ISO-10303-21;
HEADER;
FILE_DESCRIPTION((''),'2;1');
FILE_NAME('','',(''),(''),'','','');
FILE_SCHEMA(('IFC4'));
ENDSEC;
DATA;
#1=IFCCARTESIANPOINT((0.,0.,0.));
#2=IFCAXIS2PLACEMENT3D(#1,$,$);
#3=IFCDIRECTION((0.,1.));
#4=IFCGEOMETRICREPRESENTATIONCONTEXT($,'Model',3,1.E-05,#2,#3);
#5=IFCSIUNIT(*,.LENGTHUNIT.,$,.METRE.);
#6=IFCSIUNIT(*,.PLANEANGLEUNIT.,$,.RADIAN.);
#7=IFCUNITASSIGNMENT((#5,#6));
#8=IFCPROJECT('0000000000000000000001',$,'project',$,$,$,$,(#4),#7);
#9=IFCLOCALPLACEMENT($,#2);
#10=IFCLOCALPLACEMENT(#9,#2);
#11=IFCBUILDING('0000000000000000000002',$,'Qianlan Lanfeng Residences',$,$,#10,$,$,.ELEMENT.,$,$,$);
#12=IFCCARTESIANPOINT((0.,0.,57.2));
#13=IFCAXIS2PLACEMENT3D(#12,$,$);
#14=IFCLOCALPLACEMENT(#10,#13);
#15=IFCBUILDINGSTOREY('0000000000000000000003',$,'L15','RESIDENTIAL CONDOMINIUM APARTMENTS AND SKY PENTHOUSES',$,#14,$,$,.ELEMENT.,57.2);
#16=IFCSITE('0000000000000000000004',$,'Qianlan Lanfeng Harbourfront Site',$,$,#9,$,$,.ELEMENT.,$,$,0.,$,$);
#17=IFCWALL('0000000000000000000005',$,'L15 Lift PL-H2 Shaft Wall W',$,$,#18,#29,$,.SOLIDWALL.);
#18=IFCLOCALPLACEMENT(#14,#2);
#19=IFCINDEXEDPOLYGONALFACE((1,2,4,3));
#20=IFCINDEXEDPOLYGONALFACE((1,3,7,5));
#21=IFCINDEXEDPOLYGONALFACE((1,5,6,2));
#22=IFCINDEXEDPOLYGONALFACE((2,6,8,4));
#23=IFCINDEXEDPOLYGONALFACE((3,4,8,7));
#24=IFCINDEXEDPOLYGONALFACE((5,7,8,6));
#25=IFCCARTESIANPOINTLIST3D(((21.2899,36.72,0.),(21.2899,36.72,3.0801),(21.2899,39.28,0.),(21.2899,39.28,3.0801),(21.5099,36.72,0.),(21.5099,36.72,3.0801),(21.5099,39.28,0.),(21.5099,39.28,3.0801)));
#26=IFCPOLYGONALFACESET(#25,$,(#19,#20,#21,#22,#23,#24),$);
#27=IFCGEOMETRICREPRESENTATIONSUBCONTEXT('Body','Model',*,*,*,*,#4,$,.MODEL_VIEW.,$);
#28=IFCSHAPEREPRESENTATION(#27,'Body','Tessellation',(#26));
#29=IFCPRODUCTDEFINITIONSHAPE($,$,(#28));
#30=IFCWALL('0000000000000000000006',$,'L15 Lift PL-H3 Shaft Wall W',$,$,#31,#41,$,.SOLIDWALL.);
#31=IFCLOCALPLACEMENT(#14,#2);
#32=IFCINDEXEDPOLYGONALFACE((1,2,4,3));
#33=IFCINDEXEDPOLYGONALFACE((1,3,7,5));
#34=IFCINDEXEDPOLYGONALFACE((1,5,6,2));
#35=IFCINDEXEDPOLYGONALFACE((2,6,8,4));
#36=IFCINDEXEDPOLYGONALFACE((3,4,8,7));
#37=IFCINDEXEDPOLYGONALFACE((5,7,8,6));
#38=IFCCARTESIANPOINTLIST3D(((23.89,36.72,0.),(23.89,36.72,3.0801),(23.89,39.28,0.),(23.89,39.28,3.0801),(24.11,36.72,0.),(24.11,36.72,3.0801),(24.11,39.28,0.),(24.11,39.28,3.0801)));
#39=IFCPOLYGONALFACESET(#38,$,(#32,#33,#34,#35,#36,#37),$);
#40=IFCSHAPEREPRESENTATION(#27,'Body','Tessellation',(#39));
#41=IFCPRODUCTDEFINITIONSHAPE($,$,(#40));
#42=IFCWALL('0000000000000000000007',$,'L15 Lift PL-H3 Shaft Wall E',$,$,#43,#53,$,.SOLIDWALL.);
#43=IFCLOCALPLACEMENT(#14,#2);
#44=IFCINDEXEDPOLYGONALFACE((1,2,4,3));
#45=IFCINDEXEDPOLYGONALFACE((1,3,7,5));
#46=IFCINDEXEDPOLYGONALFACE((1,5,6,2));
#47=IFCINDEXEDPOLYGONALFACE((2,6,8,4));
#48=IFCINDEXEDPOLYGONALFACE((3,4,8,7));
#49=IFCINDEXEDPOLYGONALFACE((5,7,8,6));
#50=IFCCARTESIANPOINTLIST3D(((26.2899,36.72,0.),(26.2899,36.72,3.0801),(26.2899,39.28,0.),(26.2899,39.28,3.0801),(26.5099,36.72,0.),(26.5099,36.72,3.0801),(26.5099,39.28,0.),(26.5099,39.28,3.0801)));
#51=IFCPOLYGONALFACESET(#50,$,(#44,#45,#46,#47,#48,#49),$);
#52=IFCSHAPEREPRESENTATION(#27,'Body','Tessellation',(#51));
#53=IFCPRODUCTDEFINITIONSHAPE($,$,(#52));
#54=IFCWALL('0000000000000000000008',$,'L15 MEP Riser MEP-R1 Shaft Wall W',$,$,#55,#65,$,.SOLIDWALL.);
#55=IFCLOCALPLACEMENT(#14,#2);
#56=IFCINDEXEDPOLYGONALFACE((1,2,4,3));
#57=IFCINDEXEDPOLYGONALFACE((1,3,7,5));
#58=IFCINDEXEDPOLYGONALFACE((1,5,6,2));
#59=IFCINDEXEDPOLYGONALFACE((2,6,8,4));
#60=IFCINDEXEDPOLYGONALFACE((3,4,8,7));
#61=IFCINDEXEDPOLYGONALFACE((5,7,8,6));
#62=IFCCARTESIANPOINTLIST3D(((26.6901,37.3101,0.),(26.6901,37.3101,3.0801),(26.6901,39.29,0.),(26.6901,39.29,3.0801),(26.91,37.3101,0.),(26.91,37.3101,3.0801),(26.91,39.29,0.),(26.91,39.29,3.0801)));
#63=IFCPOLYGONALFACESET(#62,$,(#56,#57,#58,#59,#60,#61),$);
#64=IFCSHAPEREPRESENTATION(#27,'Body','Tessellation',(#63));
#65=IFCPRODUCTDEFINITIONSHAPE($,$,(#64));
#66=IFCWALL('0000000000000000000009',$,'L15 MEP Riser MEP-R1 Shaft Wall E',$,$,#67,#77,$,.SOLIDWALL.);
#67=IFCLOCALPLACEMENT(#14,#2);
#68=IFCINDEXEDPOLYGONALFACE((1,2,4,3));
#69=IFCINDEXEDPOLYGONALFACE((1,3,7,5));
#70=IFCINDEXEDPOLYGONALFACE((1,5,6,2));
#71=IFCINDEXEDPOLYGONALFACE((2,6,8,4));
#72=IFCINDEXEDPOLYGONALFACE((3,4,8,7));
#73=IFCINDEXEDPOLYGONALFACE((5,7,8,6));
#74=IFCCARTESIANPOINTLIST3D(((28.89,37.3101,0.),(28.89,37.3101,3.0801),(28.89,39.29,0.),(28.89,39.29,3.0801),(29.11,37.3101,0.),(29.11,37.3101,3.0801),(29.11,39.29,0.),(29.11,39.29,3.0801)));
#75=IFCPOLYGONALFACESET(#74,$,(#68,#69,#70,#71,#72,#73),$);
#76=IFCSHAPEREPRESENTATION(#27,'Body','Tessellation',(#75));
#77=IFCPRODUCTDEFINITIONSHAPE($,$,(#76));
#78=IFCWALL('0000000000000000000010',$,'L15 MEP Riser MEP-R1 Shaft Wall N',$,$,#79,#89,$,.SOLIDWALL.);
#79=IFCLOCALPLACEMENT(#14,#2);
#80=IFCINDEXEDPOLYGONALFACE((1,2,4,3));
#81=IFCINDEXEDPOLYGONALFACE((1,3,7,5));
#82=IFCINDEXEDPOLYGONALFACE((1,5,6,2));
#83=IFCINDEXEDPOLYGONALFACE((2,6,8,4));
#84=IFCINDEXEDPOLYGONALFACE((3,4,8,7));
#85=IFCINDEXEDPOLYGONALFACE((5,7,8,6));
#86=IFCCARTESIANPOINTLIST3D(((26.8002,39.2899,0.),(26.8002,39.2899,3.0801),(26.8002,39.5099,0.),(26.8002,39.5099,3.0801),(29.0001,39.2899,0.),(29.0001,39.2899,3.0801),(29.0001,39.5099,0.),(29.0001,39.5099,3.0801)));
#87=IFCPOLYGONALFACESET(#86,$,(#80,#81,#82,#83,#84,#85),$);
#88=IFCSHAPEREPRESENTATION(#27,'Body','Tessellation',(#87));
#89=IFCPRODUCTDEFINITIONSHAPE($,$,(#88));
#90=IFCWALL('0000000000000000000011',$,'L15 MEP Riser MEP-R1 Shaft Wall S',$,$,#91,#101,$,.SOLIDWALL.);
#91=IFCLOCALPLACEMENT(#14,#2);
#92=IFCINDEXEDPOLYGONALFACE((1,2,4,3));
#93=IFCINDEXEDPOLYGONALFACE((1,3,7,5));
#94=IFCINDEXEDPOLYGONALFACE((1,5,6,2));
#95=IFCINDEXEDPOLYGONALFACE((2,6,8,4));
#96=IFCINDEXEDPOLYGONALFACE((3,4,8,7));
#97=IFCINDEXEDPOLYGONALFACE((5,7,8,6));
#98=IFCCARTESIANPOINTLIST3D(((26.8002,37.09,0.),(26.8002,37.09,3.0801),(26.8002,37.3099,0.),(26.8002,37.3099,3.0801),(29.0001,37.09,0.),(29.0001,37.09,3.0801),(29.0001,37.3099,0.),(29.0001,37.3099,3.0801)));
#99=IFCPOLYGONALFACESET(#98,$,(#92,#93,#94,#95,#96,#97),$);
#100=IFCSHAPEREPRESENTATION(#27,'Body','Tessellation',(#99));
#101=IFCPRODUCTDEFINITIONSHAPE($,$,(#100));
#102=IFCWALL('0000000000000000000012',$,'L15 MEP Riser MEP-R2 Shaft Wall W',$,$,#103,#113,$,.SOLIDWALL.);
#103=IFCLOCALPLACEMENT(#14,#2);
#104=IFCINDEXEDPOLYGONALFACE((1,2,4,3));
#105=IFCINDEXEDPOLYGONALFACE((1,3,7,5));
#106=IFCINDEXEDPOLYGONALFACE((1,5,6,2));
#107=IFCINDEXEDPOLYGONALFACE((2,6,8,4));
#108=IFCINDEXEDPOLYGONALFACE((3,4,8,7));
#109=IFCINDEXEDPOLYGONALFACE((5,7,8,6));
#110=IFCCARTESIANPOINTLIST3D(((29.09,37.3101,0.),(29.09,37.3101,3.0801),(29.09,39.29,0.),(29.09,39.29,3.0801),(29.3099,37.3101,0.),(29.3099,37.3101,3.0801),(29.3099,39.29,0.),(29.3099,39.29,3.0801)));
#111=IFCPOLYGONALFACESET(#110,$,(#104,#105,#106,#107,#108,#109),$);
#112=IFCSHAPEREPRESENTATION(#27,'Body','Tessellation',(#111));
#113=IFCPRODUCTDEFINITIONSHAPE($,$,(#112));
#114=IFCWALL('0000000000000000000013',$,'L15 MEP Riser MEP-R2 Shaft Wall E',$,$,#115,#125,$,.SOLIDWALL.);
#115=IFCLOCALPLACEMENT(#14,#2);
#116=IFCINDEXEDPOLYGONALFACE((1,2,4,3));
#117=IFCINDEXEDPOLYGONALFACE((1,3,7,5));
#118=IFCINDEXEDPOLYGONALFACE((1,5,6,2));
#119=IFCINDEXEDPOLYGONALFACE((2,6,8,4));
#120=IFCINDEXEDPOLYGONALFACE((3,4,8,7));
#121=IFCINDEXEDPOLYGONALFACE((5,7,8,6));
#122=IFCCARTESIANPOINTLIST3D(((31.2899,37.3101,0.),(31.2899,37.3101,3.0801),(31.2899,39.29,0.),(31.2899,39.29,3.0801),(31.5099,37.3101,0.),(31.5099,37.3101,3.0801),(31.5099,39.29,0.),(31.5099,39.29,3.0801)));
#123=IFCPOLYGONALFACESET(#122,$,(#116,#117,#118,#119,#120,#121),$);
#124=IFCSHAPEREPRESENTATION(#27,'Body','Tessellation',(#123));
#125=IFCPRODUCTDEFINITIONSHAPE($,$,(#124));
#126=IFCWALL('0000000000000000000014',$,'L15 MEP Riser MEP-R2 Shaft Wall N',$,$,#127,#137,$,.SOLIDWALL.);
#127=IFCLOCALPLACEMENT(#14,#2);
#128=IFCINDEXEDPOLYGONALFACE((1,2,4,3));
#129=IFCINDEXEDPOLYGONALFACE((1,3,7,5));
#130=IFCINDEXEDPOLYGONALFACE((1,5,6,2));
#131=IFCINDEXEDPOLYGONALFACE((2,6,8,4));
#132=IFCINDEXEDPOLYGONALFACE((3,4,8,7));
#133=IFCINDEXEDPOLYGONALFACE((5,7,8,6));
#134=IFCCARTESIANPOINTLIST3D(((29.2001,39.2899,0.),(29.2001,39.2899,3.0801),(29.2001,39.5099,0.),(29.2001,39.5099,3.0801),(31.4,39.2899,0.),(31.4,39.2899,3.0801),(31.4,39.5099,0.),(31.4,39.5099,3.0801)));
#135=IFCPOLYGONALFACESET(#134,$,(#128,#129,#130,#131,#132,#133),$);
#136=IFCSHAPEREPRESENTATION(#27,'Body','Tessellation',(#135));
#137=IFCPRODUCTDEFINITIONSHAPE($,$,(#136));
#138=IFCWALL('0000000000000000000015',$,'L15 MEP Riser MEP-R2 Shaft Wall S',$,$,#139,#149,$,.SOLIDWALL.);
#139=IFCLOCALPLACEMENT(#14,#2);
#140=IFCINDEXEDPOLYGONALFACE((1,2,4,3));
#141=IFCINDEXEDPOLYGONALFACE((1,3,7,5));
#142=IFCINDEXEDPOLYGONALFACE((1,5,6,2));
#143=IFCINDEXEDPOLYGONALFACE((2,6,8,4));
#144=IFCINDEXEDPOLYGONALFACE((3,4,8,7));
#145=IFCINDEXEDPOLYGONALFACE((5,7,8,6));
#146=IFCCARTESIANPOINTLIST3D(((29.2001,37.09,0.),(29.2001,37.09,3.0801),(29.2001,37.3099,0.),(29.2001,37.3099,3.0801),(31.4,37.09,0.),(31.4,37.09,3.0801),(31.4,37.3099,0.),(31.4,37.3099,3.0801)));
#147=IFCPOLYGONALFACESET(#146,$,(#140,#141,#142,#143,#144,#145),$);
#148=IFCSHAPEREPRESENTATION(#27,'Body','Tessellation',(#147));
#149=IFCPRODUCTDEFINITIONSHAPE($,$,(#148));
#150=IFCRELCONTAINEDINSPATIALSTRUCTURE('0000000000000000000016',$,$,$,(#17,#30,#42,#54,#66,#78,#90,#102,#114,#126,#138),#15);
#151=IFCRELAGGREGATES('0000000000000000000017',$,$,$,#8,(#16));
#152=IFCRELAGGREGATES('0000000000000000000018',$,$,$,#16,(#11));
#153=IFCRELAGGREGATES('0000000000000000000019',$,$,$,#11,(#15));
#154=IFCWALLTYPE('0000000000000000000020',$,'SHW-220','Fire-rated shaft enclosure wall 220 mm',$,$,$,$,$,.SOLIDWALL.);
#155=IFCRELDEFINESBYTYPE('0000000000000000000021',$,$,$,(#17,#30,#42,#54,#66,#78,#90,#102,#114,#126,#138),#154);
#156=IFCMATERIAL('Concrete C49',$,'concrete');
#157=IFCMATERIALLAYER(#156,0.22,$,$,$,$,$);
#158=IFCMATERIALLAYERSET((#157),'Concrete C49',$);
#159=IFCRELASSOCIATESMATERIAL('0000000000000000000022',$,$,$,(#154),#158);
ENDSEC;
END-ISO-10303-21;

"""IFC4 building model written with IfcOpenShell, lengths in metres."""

from ifc_helpers import new_model, si_unit, direction, frame, frame_2d, origin, place, context, subcontext, project, spatial, rectangle, extrude, material, layer, layer_set, type_object, element, save


model = new_model("IFC4")

# Units and contexts
model_context = context("Model", 3, precision=1e-05, world=origin(), true_north=direction((0.0, 1.0)))
body_context = subcontext(model_context, "Body", "Model", "MODEL_VIEW")
ifc_project = project(units=[si_unit("LENGTHUNIT", "METRE"), si_unit("PLANEANGLEUNIT", "RADIAN")], contexts=[model_context])

# Site, building, storey
site_placement = place(None, origin())
site = spatial("IfcSite", under=ifc_project, at=site_placement, Name="Qianlan Lanfeng Harbourfront Site", CompositionType="ELEMENT", RefElevation=0.0)
building_placement = place(site_placement, origin())
building = spatial("IfcBuilding", under=site, at=building_placement, Name="Qianlan Lanfeng Residences", CompositionType="ELEMENT")
storey_placement = place(building_placement, frame((0.0, 0.0, 57.2)))
storey = spatial("IfcBuildingStorey", under=building, at=storey_placement, Name="L15", Description="RESIDENTIAL CONDOMINIUM APARTMENTS AND SKY PENTHOUSES", CompositionType="ELEMENT", Elevation=57.2)

# Walls
ifc_material_1 = material(Name="Concrete C49", Category="concrete")
ifc_layer_1 = layer(ifc_material_1, 0.22)
ifc_layer_set_1 = layer_set([ifc_layer_1], Name="Concrete C49")
wall_type_1 = type_object("IfcWallType", Name="SHW-220", Description="Fire-rated shaft enclosure wall 220 mm", PredefinedType="SOLIDWALL", material=ifc_layer_set_1)
for number, where, z_axis, x_axis, name in (
    (1, (21.3999, 36.72, 0.0), (0.0, 0.0, 1.0), (0.0, 1.0, 0.0), "L15 Lift PL-H2 Shaft Wall W"),
    (2, (24.0, 36.72, 0.0), (0.0, 0.0, 1.0), (0.0, 1.0, 0.0), "L15 Lift PL-H3 Shaft Wall W"),
    (3, (26.3999, 36.72, 0.0), (0.0, 0.0, 1.0), (0.0, 1.0, 0.0), "L15 Lift PL-H3 Shaft Wall E"),
):
    element("IfcWall", number, at=place(storey_placement, frame(where, z_axis=z_axis, x_axis=x_axis)), inside=storey, type_object=wall_type_1, Name=name, PredefinedType="SOLIDWALL", context=body_context, shape_type="SweptSolid", body=[
        extrude(rectangle(XDim=2.5601, YDim=0.22, at=frame_2d((1.28, 0.0))), origin(), (0.0, 0.0, 1.0), 3.0801),
    ])
for number, where, z_axis, x_axis, name in (
    (4, (26.8, 37.3101, 0.0), (0.0, 0.0, 1.0), (0.0, 1.0, 0.0), "L15 MEP Riser MEP-R1 Shaft Wall W"),
    (5, (29.0, 37.3101, 0.0), (0.0, 0.0, 1.0), (0.0, 1.0, 0.0), "L15 MEP Riser MEP-R1 Shaft Wall E"),
):
    element("IfcWall", number, at=place(storey_placement, frame(where, z_axis=z_axis, x_axis=x_axis)), inside=storey, type_object=wall_type_1, Name=name, PredefinedType="SOLIDWALL", context=body_context, shape_type="SweptSolid", body=[
        extrude(rectangle(XDim=1.98, YDim=0.22, at=frame_2d((0.99, 0.0))), origin(), (0.0, 0.0, 1.0), 3.0801),
    ])
for number, where, z_axis, x_axis, name in (
    (6, (26.8, 39.3999, 0.0), (0.0, 0.0, 1.0), (1.0, 0.0, 0.0), "L15 MEP Riser MEP-R1 Shaft Wall N"),
    (7, (26.8, 37.2, 0.0), (0.0, 0.0, 1.0), (1.0, 0.0, 0.0), "L15 MEP Riser MEP-R1 Shaft Wall S"),
):
    element("IfcWall", number, at=place(storey_placement, frame(where, z_axis=z_axis, x_axis=x_axis)), inside=storey, type_object=wall_type_1, Name=name, PredefinedType="SOLIDWALL", context=body_context, shape_type="SweptSolid", body=[
        extrude(rectangle(XDim=2.2, YDim=0.22, at=frame_2d((1.1001, 0.0))), origin(), (0.0, 0.0, 1.0), 3.0801),
    ])
for number, where, z_axis, x_axis, name in (
    (8, (29.2, 37.3101, 0.0), (0.0, 0.0, 1.0), (0.0, 1.0, 0.0), "L15 MEP Riser MEP-R2 Shaft Wall W"),
    (9, (31.3999, 37.3101, 0.0), (0.0, 0.0, 1.0), (0.0, 1.0, 0.0), "L15 MEP Riser MEP-R2 Shaft Wall E"),
):
    element("IfcWall", number, at=place(storey_placement, frame(where, z_axis=z_axis, x_axis=x_axis)), inside=storey, type_object=wall_type_1, Name=name, PredefinedType="SOLIDWALL", context=body_context, shape_type="SweptSolid", body=[
        extrude(rectangle(XDim=1.98, YDim=0.22, at=frame_2d((0.99, 0.0))), origin(), (0.0, 0.0, 1.0), 3.0801),
    ])
for number, where, z_axis, x_axis, name in (
    (10, (29.2, 39.3999, 0.0), (0.0, 0.0, 1.0), (1.0, 0.0, 0.0), "L15 MEP Riser MEP-R2 Shaft Wall N"),
    (11, (29.2, 37.2, 0.0), (0.0, 0.0, 1.0), (1.0, 0.0, 0.0), "L15 MEP Riser MEP-R2 Shaft Wall S"),
):
    element("IfcWall", number, at=place(storey_placement, frame(where, z_axis=z_axis, x_axis=x_axis)), inside=storey, type_object=wall_type_1, Name=name, PredefinedType="SOLIDWALL", context=body_context, shape_type="SweptSolid", body=[
        extrude(rectangle(XDim=2.2, YDim=0.22, at=frame_2d((1.1001, 0.0))), origin(), (0.0, 0.0, 1.0), 3.0801),
    ])

save(model, "model.ifc")
